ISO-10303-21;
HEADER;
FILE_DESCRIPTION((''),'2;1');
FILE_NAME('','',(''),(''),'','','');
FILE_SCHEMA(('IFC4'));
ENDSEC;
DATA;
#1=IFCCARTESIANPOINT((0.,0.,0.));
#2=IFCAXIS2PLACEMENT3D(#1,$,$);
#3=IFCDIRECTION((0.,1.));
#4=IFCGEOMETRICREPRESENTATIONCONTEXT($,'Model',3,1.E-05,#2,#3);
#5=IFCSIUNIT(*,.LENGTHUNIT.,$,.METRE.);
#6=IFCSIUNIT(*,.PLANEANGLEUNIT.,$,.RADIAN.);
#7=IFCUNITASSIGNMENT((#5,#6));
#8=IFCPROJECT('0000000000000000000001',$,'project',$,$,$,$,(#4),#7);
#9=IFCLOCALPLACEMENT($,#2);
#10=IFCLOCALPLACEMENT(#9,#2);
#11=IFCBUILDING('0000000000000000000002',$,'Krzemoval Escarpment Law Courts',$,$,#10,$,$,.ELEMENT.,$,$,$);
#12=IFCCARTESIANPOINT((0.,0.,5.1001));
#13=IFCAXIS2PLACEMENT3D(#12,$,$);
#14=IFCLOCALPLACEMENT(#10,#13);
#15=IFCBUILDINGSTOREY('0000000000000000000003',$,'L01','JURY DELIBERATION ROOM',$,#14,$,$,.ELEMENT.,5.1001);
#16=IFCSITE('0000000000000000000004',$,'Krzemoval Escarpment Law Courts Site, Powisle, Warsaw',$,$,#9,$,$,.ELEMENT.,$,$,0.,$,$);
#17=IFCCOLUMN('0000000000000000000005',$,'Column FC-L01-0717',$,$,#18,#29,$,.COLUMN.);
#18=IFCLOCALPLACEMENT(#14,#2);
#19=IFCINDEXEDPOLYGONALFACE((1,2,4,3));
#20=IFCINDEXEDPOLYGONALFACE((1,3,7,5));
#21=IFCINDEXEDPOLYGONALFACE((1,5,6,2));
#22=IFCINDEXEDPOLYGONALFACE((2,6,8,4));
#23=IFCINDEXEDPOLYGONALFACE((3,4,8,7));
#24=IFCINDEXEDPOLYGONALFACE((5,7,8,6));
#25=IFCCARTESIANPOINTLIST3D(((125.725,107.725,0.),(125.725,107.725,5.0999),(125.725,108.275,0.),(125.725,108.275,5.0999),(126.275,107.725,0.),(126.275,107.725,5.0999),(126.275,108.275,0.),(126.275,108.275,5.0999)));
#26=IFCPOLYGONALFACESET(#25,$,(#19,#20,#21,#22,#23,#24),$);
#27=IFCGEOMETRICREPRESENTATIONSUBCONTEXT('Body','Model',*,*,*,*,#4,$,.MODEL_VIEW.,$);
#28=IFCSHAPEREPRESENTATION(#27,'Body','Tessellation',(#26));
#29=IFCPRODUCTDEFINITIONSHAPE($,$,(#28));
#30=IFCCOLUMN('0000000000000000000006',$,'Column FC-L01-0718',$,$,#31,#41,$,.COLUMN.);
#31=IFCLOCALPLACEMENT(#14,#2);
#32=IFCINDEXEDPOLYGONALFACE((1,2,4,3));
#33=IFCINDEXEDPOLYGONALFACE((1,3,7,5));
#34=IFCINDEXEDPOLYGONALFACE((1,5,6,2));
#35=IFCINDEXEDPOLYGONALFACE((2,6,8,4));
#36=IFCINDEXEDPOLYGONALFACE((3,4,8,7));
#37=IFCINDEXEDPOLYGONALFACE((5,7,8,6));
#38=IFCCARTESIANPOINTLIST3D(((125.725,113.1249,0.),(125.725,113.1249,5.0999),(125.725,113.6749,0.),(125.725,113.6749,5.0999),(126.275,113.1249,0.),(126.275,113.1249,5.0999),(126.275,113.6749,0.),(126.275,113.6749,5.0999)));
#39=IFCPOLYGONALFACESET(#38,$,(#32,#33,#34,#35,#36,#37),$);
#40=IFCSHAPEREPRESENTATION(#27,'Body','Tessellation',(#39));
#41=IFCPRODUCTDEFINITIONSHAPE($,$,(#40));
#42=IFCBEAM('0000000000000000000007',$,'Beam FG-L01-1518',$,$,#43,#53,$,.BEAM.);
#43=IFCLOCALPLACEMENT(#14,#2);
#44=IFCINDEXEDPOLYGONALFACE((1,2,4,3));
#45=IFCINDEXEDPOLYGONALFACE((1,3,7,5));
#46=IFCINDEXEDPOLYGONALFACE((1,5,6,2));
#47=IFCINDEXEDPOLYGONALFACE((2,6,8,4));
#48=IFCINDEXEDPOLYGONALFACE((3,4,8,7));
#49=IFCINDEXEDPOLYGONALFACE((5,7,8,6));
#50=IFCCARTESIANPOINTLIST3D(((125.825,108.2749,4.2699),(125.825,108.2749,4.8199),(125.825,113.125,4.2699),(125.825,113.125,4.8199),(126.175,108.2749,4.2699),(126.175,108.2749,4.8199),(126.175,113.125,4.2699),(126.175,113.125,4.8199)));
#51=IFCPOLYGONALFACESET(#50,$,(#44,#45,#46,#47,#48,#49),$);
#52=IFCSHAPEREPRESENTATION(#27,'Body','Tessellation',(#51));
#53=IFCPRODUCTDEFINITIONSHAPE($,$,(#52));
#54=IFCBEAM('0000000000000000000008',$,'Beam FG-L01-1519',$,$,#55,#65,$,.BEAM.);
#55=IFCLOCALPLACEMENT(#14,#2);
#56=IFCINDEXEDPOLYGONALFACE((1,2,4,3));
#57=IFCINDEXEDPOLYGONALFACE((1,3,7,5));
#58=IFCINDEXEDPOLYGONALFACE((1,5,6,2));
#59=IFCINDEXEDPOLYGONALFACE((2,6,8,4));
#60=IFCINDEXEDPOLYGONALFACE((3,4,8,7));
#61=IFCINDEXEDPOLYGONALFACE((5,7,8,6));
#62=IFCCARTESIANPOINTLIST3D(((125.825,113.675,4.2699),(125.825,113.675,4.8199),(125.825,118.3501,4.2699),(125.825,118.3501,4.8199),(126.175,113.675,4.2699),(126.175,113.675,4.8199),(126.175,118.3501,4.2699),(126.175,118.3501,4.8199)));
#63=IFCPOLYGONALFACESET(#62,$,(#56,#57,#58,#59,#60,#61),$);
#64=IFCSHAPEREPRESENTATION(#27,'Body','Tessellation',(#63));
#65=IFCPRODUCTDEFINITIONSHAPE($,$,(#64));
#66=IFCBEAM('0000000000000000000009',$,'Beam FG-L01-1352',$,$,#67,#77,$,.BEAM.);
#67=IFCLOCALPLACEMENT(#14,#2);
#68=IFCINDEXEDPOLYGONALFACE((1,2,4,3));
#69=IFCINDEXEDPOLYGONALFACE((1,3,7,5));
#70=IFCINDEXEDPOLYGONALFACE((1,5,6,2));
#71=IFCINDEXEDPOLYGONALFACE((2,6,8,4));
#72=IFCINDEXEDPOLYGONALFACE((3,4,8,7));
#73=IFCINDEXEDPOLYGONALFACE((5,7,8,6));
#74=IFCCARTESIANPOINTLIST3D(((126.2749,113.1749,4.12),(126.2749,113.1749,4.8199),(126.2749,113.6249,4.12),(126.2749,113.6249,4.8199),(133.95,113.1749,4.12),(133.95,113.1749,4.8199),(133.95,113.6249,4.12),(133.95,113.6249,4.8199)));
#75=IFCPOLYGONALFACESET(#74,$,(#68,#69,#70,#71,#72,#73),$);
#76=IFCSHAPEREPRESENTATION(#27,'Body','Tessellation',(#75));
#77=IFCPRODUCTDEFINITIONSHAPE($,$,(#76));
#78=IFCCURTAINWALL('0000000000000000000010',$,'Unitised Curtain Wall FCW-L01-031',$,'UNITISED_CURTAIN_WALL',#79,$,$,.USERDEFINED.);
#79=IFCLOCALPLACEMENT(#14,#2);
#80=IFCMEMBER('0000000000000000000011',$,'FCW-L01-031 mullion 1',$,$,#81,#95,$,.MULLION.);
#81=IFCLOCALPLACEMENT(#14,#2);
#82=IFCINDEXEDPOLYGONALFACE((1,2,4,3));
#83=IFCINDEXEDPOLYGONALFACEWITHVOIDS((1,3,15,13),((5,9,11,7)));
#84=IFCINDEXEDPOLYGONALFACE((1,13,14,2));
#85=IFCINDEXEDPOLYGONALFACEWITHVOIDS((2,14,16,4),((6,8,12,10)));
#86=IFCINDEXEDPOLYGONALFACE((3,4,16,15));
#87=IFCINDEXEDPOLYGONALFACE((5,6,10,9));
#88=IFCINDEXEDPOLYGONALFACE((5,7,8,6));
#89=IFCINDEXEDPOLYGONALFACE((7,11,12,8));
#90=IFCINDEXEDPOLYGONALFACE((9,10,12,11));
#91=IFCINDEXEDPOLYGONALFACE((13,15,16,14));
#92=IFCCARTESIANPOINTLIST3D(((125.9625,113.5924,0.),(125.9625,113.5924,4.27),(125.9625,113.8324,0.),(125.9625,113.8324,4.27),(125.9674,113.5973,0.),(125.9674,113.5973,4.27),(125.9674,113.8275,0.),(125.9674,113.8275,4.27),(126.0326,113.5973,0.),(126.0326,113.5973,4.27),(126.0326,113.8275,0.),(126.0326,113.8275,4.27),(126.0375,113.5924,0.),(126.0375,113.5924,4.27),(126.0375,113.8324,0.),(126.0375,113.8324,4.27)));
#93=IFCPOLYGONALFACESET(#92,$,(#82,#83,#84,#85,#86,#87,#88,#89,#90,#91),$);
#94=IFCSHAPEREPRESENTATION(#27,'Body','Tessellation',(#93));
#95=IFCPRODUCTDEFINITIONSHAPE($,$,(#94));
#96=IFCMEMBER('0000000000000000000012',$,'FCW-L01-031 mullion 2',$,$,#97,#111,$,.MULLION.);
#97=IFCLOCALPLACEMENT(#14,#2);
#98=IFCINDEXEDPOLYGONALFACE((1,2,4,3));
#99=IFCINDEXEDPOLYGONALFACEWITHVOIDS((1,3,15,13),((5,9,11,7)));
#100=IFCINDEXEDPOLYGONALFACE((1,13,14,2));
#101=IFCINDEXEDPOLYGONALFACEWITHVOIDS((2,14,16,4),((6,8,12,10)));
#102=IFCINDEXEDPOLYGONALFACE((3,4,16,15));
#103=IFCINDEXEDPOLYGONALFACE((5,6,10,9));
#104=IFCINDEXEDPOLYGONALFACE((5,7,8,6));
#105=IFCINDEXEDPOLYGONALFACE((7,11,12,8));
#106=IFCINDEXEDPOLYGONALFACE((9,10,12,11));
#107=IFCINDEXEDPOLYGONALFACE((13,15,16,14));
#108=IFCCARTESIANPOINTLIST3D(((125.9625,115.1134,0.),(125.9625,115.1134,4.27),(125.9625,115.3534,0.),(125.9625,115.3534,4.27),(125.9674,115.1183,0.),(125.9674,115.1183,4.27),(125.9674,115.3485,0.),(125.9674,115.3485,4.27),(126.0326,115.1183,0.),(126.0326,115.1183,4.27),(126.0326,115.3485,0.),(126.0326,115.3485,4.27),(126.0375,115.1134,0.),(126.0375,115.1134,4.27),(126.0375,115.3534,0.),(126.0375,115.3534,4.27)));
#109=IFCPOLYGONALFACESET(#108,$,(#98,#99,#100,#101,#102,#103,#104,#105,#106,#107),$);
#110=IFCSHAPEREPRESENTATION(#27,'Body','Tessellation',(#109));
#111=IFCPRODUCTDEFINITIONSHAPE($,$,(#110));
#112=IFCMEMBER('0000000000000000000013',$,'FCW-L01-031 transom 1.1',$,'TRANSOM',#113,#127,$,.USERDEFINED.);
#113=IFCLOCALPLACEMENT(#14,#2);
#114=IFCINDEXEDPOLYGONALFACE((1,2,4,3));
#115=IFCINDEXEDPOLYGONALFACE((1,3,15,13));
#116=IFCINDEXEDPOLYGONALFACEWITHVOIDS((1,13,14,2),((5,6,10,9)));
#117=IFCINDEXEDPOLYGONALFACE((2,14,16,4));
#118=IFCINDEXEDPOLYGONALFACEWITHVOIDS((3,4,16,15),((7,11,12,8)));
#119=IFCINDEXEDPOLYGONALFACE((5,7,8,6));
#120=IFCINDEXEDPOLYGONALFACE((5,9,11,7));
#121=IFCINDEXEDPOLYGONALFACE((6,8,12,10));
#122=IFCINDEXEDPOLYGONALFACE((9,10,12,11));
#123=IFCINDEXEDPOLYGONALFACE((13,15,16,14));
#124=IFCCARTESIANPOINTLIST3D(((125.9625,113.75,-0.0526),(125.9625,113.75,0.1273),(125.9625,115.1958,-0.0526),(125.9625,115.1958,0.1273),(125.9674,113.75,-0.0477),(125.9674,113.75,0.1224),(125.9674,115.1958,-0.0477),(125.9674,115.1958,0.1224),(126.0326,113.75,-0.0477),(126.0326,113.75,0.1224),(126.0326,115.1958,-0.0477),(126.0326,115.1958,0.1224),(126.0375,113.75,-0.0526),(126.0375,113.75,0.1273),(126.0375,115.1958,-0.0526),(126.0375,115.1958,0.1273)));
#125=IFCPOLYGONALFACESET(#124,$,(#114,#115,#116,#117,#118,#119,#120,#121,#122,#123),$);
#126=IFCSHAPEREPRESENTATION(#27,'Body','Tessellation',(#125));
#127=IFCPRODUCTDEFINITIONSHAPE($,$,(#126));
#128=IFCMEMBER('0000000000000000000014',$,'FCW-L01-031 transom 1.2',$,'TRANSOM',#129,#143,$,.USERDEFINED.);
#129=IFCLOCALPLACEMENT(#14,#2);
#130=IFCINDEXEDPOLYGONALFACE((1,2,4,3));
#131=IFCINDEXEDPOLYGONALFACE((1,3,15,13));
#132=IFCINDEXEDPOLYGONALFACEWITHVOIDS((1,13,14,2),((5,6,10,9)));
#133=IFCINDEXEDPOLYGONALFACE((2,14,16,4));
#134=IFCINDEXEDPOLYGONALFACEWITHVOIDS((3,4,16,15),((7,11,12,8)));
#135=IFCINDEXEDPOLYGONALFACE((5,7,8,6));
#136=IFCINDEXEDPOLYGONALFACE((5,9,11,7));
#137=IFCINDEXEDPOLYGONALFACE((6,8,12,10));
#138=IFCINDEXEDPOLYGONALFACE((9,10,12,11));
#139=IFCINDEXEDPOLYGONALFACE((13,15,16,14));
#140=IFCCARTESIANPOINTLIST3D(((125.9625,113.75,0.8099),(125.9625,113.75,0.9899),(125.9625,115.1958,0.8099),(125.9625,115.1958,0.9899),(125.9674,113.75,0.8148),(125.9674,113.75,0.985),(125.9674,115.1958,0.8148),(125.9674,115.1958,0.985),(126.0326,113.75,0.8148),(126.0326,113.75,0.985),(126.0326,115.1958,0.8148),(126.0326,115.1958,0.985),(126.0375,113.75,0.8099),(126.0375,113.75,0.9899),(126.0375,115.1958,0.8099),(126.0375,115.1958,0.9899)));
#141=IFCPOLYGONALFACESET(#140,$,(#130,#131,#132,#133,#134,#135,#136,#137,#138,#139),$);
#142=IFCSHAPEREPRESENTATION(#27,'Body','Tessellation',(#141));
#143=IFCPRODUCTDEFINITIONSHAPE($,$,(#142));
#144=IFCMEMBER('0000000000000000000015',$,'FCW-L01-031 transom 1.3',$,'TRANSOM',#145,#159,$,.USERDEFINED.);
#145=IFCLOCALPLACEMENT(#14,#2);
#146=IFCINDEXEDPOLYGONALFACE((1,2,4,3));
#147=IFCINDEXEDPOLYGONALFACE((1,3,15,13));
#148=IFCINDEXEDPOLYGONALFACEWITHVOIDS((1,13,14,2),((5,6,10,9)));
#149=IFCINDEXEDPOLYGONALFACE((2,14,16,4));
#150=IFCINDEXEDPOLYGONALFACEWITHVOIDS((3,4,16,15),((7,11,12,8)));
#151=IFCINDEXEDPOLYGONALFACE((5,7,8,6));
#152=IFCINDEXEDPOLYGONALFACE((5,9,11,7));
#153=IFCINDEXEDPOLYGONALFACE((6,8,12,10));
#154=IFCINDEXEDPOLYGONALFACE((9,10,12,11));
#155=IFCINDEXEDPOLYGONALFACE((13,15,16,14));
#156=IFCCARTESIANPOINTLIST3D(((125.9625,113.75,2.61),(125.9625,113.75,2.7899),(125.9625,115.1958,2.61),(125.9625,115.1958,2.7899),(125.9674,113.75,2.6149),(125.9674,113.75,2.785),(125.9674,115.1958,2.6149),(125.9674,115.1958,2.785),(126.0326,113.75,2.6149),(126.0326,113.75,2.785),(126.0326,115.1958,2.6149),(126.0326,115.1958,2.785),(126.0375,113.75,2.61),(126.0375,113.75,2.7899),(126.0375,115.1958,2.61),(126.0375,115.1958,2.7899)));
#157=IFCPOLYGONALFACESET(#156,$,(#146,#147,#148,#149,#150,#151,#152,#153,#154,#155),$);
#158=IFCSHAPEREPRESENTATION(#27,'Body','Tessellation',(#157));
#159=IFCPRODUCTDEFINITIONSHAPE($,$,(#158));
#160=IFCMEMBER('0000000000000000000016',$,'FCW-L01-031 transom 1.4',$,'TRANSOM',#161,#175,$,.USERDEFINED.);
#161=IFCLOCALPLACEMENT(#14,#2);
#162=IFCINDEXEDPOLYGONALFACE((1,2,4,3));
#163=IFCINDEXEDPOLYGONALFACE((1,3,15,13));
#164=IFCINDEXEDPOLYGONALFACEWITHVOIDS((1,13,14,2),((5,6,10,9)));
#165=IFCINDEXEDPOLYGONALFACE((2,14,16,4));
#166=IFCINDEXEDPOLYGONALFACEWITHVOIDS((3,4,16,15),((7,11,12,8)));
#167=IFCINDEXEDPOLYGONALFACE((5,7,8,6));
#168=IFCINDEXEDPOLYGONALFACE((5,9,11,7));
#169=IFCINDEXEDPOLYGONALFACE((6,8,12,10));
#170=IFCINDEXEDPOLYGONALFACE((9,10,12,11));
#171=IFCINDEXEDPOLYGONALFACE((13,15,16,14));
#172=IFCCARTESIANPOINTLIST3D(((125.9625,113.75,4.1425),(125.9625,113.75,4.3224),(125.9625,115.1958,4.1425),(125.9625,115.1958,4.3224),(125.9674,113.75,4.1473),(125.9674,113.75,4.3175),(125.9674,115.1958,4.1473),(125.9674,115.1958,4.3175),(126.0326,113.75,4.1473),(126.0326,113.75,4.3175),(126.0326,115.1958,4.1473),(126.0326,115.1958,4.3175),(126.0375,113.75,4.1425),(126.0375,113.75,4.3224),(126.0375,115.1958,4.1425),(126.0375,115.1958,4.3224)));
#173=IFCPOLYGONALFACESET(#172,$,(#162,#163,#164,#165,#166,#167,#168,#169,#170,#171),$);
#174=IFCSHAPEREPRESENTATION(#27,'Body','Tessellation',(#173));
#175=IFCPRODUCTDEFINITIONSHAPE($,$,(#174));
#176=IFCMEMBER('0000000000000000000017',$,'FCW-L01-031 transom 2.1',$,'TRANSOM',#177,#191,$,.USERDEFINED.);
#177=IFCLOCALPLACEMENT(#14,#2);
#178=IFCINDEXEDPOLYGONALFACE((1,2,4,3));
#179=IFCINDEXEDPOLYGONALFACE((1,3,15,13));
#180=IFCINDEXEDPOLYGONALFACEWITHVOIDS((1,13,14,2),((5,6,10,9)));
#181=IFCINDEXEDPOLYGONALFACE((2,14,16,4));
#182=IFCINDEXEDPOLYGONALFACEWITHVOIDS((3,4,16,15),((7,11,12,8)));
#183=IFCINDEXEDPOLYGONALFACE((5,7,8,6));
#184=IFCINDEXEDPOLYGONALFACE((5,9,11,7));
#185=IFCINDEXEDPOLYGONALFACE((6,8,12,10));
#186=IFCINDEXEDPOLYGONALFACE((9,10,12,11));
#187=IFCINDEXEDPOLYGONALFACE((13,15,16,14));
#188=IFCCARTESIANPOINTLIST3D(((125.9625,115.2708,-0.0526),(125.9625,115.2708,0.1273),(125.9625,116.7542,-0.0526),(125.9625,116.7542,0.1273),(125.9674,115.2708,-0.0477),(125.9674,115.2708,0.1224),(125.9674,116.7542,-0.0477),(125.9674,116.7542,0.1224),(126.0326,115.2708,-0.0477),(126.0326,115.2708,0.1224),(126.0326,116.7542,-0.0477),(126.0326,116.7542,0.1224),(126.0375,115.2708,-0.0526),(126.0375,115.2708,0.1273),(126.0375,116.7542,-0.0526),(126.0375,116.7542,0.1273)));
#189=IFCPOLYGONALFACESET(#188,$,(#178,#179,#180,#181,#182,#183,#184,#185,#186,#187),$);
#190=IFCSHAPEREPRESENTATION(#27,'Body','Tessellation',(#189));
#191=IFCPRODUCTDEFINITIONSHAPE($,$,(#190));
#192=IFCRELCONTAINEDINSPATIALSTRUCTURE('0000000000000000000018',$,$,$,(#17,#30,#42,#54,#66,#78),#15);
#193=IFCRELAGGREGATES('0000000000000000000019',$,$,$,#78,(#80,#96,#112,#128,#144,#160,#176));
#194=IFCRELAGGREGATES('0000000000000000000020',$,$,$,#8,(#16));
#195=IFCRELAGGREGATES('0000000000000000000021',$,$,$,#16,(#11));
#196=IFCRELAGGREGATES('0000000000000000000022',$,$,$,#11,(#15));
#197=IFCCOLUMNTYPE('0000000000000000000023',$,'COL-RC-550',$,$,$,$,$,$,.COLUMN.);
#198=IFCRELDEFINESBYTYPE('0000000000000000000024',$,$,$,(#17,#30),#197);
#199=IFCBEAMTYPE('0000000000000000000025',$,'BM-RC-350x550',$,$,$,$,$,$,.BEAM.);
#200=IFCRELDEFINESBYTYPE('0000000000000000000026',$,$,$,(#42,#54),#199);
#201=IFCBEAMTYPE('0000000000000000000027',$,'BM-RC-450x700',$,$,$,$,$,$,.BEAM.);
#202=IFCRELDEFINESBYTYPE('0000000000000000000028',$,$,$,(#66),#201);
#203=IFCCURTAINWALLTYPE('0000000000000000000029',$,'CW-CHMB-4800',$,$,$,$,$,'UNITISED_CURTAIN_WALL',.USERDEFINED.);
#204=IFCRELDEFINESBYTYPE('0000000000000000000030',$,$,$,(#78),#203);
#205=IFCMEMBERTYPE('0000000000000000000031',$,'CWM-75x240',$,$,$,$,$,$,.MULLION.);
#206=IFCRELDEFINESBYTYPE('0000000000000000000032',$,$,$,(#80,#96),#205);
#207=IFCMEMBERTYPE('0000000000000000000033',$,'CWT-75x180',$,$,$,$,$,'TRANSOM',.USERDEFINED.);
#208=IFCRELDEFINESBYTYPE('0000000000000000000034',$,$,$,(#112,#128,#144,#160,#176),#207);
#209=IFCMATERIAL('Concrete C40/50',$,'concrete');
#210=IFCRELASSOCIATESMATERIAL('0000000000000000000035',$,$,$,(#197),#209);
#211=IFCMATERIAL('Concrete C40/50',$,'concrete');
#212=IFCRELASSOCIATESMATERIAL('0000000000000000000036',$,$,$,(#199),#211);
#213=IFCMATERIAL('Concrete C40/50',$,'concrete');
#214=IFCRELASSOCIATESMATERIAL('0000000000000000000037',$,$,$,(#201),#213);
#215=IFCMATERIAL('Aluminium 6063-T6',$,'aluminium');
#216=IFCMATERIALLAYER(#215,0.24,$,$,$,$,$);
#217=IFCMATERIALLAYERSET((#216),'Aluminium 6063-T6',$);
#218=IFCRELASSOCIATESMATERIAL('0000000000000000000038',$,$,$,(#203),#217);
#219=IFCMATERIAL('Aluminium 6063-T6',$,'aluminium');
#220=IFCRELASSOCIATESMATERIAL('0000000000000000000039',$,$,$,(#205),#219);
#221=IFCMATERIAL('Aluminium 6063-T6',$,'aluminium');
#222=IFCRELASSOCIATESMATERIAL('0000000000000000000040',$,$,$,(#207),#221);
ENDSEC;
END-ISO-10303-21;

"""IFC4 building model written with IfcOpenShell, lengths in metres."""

from ifc_helpers import new_model, si_unit, direction, frame, origin, origin_2d, place, context, subcontext, project, spatial, rectangle, hollow_rectangle, extrude, material, layer, layer_set, material_profile, profile_set, type_object, element, aggregate, save


model = new_model("IFC4")

# Units and contexts
model_context = context("Model", 3, precision=1e-05, world=origin(), true_north=direction((0.0, 1.0)))
body_context = subcontext(model_context, "Body", "Model", "MODEL_VIEW")
ifc_project = project(units=[si_unit("LENGTHUNIT", "METRE"), si_unit("PLANEANGLEUNIT", "RADIAN")], contexts=[model_context])

# Site, building, storey
site_placement = place(None, origin())
site = spatial("IfcSite", under=ifc_project, at=site_placement, Name="Krzemoval Escarpment Law Courts Site, Powisle, Warsaw", CompositionType="ELEMENT", RefElevation=0.0)
building_placement = place(site_placement, origin())
building = spatial("IfcBuilding", under=site, at=building_placement, Name="Krzemoval Escarpment Law Courts", CompositionType="ELEMENT")
storey_placement = place(building_placement, frame((0.0, 0.0, 5.1001)))
storey = spatial("IfcBuildingStorey", under=building, at=storey_placement, Name="L01", Description="JURY DELIBERATION ROOM", CompositionType="ELEMENT", Elevation=5.1001)

# Columns
ifc_material_1 = material(Name="Concrete C40/50", Category="concrete")
ifc_material_profile_1 = material_profile(ifc_material_1, rectangle(XDim=0.55, YDim=0.55, at=origin_2d()), Name="RC 550x550")
ifc_profile_set_1 = profile_set([ifc_material_profile_1], Name="Concrete C40/50")
column_type = type_object("IfcColumnType", Name="COL-RC-550", PredefinedType="COLUMN", material=ifc_profile_set_1)
for number, where, z_axis, x_axis, name in (
    (1, (126.0, 108.0, 0.0), (0.0, 0.0, 1.0), (1.0, 0.0, 0.0), "Column FC-L01-0717"),
    (2, (126.0, 113.3999, 0.0), (0.0, 0.0, 1.0), (1.0, 0.0, 0.0), "Column FC-L01-0718"),
):
    element("IfcColumn", number, at=place(storey_placement, frame(where, z_axis=z_axis, x_axis=x_axis)), inside=storey, type_object=column_type, Name=name, PredefinedType="COLUMN", context=body_context, shape_type="SweptSolid", body=[
        extrude(rectangle(XDim=0.55, YDim=0.55, at=origin_2d()), origin(), (0.0, 0.0, 1.0), 5.0999),
    ])

# Beams
ifc_material_2 = material(Name="Concrete C40/50", Category="concrete")
ifc_material_profile_2 = material_profile(ifc_material_2, rectangle(XDim=0.3501, YDim=0.55, at=origin_2d()), Name="RCB 350x550")
ifc_profile_set_2 = profile_set([ifc_material_profile_2], Name="Concrete C40/50")
beam_type_1 = type_object("IfcBeamType", Name="BM-RC-350x550", PredefinedType="BEAM", material=ifc_profile_set_2)
beam_1_placement = place(storey_placement, frame((126.0, 108.2749, 4.5449), z_axis=(0.0, 1.0, 0.0), x_axis=(-1.0, 0.0, 0.0)))
element("IfcBeam", 3, at=beam_1_placement, inside=storey, type_object=beam_type_1, Name="Beam FG-L01-1518", PredefinedType="BEAM", context=body_context, shape_type="SweptSolid", body=[
    extrude(rectangle(XDim=0.3501, YDim=0.55, at=origin_2d()), origin(), (0.0, 0.0, 1.0), 4.8501),
])
beam_2_placement = place(storey_placement, frame((126.0, 113.675, 4.5449), z_axis=(0.0, 1.0, 0.0), x_axis=(-1.0, 0.0, 0.0)))
element("IfcBeam", 4, at=beam_2_placement, inside=storey, type_object=beam_type_1, Name="Beam FG-L01-1519", PredefinedType="BEAM", context=body_context, shape_type="SweptSolid", body=[
    extrude(rectangle(XDim=0.3501, YDim=0.55, at=origin_2d()), origin(), (0.0, 0.0, 1.0), 4.675),
])
ifc_material_3 = material(Name="Concrete C40/50", Category="concrete")
ifc_material_profile_3 = material_profile(ifc_material_3, rectangle(XDim=0.45, YDim=0.7, at=origin_2d()), Name="RCB 450x700")
ifc_profile_set_3 = profile_set([ifc_material_profile_3], Name="Concrete C40/50")
beam_type_2 = type_object("IfcBeamType", Name="BM-RC-450x700", PredefinedType="BEAM", material=ifc_profile_set_3)
beam_3_placement = place(storey_placement, frame((126.2749, 113.3999, 4.47), z_axis=(1.0, 0.0, 0.0), x_axis=(0.0, 1.0, 0.0)))
element("IfcBeam", 5, at=beam_3_placement, inside=storey, type_object=beam_type_2, Name="Beam FG-L01-1352", PredefinedType="BEAM", context=body_context, shape_type="SweptSolid", body=[
    extrude(rectangle(XDim=0.45, YDim=0.7, at=origin_2d()), origin(), (0.0, 0.0, 1.0), 7.675),
])

# Curtain wall, members
ifc_material_4 = material(Name="Aluminium 6063-T6", Category="aluminium")
ifc_layer_1 = layer(ifc_material_4, 0.24)
ifc_layer_set_1 = layer_set([ifc_layer_1], Name="Aluminium 6063-T6")
curtain_wall_type = type_object("IfcCurtainWallType", Name="CW-CHMB-4800", ElementType="UNITISED_CURTAIN_WALL", PredefinedType="USERDEFINED", material=ifc_layer_set_1)
curtain_wall_placement = place(storey_placement, origin())
curtain_wall = element("IfcCurtainWall", 6, at=curtain_wall_placement, inside=storey, type_object=curtain_wall_type, Name="Unitised Curtain Wall FCW-L01-031", ObjectType="UNITISED_CURTAIN_WALL", PredefinedType="USERDEFINED")
ifc_material_5 = material(Name="Aluminium 6063-T6", Category="aluminium")
ifc_material_profile_4 = material_profile(ifc_material_5, hollow_rectangle(XDim=0.075, YDim=0.24, WallThickness=0.0049, at=origin_2d()), Name="ALU M75x240")
ifc_profile_set_4 = profile_set([ifc_material_profile_4], Name="Aluminium 6063-T6")
member_type_1 = type_object("IfcMemberType", Name="CWM-75x240", PredefinedType="MULLION", material=ifc_profile_set_4)
member_1_placement = place(storey_placement, frame((126.0, 113.7124, 0.0), z_axis=(0.0, 0.0, 1.0), x_axis=(-1.0, 0.0, 0.0)))
member_1 = element("IfcMember", 7, at=member_1_placement, type_object=member_type_1, Name="FCW-L01-031 mullion 1", PredefinedType="MULLION", context=body_context, shape_type="SweptSolid", body=[
    extrude(hollow_rectangle(XDim=0.075, YDim=0.24, WallThickness=0.0049, at=origin_2d()), origin(), (0.0, 0.0, 1.0), 4.27),
])
member_2_placement = place(storey_placement, frame((126.0, 115.2334, 0.0), z_axis=(0.0, 0.0, 1.0), x_axis=(-1.0, 0.0, 0.0)))
member_2 = element("IfcMember", 8, at=member_2_placement, type_object=member_type_1, Name="FCW-L01-031 mullion 2", PredefinedType="MULLION", context=body_context, shape_type="SweptSolid", body=[
    extrude(hollow_rectangle(XDim=0.075, YDim=0.24, WallThickness=0.0049, at=origin_2d()), origin(), (0.0, 0.0, 1.0), 4.27),
])
ifc_material_6 = material(Name="Aluminium 6063-T6", Category="aluminium")
ifc_material_profile_5 = material_profile(ifc_material_6, hollow_rectangle(XDim=0.075, YDim=0.1799, WallThickness=0.0049, at=origin_2d()), Name="ALU T75x180")
ifc_profile_set_5 = profile_set([ifc_material_profile_5], Name="Aluminium 6063-T6")
member_type_2 = type_object("IfcMemberType", Name="CWT-75x180", ElementType="TRANSOM", PredefinedType="USERDEFINED", material=ifc_profile_set_5)
member_3_placement = place(storey_placement, frame((126.0, 113.75, 0.0374), z_axis=(0.0, 1.0, 0.0), x_axis=(-1.0, 0.0, 0.0)))
member_3 = element("IfcMember", 9, at=member_3_placement, type_object=member_type_2, Name="FCW-L01-031 transom 1.1", ObjectType="TRANSOM", PredefinedType="USERDEFINED", context=body_context, shape_type="SweptSolid", body=[
    extrude(hollow_rectangle(XDim=0.075, YDim=0.1799, WallThickness=0.0049, at=origin_2d()), origin(), (0.0, 0.0, 1.0), 1.4458),
])
member_4_placement = place(storey_placement, frame((126.0, 113.75, 0.8999), z_axis=(0.0, 1.0, 0.0), x_axis=(-1.0, 0.0, 0.0)))
member_4 = element("IfcMember", 10, at=member_4_placement, type_object=member_type_2, Name="FCW-L01-031 transom 1.2", ObjectType="TRANSOM", PredefinedType="USERDEFINED", context=body_context, shape_type="SweptSolid", body=[
    extrude(hollow_rectangle(XDim=0.075, YDim=0.1799, WallThickness=0.0049, at=origin_2d()), origin(), (0.0, 0.0, 1.0), 1.4458),
])
member_5_placement = place(storey_placement, frame((126.0, 113.75, 2.7), z_axis=(0.0, 1.0, 0.0), x_axis=(-1.0, 0.0, 0.0)))
member_5 = element("IfcMember", 11, at=member_5_placement, type_object=member_type_2, Name="FCW-L01-031 transom 1.3", ObjectType="TRANSOM", PredefinedType="USERDEFINED", context=body_context, shape_type="SweptSolid", body=[
    extrude(hollow_rectangle(XDim=0.075, YDim=0.1799, WallThickness=0.0049, at=origin_2d()), origin(), (0.0, 0.0, 1.0), 1.4458),
])
member_6_placement = place(storey_placement, frame((126.0, 113.75, 4.2324), z_axis=(0.0, 1.0, 0.0), x_axis=(-1.0, 0.0, 0.0)))
member_6 = element("IfcMember", 12, at=member_6_placement, type_object=member_type_2, Name="FCW-L01-031 transom 1.4", ObjectType="TRANSOM", PredefinedType="USERDEFINED", context=body_context, shape_type="SweptSolid", body=[
    extrude(hollow_rectangle(XDim=0.075, YDim=0.1799, WallThickness=0.0049, at=origin_2d()), origin(), (0.0, 0.0, 1.0), 1.4458),
])
member_7_placement = place(storey_placement, frame((126.0, 115.2708, 0.0374), z_axis=(0.0, 1.0, 0.0), x_axis=(-1.0, 0.0, 0.0)))
member_7 = element("IfcMember", 13, at=member_7_placement, type_object=member_type_2, Name="FCW-L01-031 transom 2.1", ObjectType="TRANSOM", PredefinedType="USERDEFINED", context=body_context, shape_type="SweptSolid", body=[
    extrude(hollow_rectangle(XDim=0.075, YDim=0.1799, WallThickness=0.0049, at=origin_2d()), origin(), (0.0, 0.0, 1.0), 1.4834),
])

aggregate(curtain_wall, [member_1, member_2, member_3, member_4, member_5, member_6, member_7])

save(model, "model.ifc")
